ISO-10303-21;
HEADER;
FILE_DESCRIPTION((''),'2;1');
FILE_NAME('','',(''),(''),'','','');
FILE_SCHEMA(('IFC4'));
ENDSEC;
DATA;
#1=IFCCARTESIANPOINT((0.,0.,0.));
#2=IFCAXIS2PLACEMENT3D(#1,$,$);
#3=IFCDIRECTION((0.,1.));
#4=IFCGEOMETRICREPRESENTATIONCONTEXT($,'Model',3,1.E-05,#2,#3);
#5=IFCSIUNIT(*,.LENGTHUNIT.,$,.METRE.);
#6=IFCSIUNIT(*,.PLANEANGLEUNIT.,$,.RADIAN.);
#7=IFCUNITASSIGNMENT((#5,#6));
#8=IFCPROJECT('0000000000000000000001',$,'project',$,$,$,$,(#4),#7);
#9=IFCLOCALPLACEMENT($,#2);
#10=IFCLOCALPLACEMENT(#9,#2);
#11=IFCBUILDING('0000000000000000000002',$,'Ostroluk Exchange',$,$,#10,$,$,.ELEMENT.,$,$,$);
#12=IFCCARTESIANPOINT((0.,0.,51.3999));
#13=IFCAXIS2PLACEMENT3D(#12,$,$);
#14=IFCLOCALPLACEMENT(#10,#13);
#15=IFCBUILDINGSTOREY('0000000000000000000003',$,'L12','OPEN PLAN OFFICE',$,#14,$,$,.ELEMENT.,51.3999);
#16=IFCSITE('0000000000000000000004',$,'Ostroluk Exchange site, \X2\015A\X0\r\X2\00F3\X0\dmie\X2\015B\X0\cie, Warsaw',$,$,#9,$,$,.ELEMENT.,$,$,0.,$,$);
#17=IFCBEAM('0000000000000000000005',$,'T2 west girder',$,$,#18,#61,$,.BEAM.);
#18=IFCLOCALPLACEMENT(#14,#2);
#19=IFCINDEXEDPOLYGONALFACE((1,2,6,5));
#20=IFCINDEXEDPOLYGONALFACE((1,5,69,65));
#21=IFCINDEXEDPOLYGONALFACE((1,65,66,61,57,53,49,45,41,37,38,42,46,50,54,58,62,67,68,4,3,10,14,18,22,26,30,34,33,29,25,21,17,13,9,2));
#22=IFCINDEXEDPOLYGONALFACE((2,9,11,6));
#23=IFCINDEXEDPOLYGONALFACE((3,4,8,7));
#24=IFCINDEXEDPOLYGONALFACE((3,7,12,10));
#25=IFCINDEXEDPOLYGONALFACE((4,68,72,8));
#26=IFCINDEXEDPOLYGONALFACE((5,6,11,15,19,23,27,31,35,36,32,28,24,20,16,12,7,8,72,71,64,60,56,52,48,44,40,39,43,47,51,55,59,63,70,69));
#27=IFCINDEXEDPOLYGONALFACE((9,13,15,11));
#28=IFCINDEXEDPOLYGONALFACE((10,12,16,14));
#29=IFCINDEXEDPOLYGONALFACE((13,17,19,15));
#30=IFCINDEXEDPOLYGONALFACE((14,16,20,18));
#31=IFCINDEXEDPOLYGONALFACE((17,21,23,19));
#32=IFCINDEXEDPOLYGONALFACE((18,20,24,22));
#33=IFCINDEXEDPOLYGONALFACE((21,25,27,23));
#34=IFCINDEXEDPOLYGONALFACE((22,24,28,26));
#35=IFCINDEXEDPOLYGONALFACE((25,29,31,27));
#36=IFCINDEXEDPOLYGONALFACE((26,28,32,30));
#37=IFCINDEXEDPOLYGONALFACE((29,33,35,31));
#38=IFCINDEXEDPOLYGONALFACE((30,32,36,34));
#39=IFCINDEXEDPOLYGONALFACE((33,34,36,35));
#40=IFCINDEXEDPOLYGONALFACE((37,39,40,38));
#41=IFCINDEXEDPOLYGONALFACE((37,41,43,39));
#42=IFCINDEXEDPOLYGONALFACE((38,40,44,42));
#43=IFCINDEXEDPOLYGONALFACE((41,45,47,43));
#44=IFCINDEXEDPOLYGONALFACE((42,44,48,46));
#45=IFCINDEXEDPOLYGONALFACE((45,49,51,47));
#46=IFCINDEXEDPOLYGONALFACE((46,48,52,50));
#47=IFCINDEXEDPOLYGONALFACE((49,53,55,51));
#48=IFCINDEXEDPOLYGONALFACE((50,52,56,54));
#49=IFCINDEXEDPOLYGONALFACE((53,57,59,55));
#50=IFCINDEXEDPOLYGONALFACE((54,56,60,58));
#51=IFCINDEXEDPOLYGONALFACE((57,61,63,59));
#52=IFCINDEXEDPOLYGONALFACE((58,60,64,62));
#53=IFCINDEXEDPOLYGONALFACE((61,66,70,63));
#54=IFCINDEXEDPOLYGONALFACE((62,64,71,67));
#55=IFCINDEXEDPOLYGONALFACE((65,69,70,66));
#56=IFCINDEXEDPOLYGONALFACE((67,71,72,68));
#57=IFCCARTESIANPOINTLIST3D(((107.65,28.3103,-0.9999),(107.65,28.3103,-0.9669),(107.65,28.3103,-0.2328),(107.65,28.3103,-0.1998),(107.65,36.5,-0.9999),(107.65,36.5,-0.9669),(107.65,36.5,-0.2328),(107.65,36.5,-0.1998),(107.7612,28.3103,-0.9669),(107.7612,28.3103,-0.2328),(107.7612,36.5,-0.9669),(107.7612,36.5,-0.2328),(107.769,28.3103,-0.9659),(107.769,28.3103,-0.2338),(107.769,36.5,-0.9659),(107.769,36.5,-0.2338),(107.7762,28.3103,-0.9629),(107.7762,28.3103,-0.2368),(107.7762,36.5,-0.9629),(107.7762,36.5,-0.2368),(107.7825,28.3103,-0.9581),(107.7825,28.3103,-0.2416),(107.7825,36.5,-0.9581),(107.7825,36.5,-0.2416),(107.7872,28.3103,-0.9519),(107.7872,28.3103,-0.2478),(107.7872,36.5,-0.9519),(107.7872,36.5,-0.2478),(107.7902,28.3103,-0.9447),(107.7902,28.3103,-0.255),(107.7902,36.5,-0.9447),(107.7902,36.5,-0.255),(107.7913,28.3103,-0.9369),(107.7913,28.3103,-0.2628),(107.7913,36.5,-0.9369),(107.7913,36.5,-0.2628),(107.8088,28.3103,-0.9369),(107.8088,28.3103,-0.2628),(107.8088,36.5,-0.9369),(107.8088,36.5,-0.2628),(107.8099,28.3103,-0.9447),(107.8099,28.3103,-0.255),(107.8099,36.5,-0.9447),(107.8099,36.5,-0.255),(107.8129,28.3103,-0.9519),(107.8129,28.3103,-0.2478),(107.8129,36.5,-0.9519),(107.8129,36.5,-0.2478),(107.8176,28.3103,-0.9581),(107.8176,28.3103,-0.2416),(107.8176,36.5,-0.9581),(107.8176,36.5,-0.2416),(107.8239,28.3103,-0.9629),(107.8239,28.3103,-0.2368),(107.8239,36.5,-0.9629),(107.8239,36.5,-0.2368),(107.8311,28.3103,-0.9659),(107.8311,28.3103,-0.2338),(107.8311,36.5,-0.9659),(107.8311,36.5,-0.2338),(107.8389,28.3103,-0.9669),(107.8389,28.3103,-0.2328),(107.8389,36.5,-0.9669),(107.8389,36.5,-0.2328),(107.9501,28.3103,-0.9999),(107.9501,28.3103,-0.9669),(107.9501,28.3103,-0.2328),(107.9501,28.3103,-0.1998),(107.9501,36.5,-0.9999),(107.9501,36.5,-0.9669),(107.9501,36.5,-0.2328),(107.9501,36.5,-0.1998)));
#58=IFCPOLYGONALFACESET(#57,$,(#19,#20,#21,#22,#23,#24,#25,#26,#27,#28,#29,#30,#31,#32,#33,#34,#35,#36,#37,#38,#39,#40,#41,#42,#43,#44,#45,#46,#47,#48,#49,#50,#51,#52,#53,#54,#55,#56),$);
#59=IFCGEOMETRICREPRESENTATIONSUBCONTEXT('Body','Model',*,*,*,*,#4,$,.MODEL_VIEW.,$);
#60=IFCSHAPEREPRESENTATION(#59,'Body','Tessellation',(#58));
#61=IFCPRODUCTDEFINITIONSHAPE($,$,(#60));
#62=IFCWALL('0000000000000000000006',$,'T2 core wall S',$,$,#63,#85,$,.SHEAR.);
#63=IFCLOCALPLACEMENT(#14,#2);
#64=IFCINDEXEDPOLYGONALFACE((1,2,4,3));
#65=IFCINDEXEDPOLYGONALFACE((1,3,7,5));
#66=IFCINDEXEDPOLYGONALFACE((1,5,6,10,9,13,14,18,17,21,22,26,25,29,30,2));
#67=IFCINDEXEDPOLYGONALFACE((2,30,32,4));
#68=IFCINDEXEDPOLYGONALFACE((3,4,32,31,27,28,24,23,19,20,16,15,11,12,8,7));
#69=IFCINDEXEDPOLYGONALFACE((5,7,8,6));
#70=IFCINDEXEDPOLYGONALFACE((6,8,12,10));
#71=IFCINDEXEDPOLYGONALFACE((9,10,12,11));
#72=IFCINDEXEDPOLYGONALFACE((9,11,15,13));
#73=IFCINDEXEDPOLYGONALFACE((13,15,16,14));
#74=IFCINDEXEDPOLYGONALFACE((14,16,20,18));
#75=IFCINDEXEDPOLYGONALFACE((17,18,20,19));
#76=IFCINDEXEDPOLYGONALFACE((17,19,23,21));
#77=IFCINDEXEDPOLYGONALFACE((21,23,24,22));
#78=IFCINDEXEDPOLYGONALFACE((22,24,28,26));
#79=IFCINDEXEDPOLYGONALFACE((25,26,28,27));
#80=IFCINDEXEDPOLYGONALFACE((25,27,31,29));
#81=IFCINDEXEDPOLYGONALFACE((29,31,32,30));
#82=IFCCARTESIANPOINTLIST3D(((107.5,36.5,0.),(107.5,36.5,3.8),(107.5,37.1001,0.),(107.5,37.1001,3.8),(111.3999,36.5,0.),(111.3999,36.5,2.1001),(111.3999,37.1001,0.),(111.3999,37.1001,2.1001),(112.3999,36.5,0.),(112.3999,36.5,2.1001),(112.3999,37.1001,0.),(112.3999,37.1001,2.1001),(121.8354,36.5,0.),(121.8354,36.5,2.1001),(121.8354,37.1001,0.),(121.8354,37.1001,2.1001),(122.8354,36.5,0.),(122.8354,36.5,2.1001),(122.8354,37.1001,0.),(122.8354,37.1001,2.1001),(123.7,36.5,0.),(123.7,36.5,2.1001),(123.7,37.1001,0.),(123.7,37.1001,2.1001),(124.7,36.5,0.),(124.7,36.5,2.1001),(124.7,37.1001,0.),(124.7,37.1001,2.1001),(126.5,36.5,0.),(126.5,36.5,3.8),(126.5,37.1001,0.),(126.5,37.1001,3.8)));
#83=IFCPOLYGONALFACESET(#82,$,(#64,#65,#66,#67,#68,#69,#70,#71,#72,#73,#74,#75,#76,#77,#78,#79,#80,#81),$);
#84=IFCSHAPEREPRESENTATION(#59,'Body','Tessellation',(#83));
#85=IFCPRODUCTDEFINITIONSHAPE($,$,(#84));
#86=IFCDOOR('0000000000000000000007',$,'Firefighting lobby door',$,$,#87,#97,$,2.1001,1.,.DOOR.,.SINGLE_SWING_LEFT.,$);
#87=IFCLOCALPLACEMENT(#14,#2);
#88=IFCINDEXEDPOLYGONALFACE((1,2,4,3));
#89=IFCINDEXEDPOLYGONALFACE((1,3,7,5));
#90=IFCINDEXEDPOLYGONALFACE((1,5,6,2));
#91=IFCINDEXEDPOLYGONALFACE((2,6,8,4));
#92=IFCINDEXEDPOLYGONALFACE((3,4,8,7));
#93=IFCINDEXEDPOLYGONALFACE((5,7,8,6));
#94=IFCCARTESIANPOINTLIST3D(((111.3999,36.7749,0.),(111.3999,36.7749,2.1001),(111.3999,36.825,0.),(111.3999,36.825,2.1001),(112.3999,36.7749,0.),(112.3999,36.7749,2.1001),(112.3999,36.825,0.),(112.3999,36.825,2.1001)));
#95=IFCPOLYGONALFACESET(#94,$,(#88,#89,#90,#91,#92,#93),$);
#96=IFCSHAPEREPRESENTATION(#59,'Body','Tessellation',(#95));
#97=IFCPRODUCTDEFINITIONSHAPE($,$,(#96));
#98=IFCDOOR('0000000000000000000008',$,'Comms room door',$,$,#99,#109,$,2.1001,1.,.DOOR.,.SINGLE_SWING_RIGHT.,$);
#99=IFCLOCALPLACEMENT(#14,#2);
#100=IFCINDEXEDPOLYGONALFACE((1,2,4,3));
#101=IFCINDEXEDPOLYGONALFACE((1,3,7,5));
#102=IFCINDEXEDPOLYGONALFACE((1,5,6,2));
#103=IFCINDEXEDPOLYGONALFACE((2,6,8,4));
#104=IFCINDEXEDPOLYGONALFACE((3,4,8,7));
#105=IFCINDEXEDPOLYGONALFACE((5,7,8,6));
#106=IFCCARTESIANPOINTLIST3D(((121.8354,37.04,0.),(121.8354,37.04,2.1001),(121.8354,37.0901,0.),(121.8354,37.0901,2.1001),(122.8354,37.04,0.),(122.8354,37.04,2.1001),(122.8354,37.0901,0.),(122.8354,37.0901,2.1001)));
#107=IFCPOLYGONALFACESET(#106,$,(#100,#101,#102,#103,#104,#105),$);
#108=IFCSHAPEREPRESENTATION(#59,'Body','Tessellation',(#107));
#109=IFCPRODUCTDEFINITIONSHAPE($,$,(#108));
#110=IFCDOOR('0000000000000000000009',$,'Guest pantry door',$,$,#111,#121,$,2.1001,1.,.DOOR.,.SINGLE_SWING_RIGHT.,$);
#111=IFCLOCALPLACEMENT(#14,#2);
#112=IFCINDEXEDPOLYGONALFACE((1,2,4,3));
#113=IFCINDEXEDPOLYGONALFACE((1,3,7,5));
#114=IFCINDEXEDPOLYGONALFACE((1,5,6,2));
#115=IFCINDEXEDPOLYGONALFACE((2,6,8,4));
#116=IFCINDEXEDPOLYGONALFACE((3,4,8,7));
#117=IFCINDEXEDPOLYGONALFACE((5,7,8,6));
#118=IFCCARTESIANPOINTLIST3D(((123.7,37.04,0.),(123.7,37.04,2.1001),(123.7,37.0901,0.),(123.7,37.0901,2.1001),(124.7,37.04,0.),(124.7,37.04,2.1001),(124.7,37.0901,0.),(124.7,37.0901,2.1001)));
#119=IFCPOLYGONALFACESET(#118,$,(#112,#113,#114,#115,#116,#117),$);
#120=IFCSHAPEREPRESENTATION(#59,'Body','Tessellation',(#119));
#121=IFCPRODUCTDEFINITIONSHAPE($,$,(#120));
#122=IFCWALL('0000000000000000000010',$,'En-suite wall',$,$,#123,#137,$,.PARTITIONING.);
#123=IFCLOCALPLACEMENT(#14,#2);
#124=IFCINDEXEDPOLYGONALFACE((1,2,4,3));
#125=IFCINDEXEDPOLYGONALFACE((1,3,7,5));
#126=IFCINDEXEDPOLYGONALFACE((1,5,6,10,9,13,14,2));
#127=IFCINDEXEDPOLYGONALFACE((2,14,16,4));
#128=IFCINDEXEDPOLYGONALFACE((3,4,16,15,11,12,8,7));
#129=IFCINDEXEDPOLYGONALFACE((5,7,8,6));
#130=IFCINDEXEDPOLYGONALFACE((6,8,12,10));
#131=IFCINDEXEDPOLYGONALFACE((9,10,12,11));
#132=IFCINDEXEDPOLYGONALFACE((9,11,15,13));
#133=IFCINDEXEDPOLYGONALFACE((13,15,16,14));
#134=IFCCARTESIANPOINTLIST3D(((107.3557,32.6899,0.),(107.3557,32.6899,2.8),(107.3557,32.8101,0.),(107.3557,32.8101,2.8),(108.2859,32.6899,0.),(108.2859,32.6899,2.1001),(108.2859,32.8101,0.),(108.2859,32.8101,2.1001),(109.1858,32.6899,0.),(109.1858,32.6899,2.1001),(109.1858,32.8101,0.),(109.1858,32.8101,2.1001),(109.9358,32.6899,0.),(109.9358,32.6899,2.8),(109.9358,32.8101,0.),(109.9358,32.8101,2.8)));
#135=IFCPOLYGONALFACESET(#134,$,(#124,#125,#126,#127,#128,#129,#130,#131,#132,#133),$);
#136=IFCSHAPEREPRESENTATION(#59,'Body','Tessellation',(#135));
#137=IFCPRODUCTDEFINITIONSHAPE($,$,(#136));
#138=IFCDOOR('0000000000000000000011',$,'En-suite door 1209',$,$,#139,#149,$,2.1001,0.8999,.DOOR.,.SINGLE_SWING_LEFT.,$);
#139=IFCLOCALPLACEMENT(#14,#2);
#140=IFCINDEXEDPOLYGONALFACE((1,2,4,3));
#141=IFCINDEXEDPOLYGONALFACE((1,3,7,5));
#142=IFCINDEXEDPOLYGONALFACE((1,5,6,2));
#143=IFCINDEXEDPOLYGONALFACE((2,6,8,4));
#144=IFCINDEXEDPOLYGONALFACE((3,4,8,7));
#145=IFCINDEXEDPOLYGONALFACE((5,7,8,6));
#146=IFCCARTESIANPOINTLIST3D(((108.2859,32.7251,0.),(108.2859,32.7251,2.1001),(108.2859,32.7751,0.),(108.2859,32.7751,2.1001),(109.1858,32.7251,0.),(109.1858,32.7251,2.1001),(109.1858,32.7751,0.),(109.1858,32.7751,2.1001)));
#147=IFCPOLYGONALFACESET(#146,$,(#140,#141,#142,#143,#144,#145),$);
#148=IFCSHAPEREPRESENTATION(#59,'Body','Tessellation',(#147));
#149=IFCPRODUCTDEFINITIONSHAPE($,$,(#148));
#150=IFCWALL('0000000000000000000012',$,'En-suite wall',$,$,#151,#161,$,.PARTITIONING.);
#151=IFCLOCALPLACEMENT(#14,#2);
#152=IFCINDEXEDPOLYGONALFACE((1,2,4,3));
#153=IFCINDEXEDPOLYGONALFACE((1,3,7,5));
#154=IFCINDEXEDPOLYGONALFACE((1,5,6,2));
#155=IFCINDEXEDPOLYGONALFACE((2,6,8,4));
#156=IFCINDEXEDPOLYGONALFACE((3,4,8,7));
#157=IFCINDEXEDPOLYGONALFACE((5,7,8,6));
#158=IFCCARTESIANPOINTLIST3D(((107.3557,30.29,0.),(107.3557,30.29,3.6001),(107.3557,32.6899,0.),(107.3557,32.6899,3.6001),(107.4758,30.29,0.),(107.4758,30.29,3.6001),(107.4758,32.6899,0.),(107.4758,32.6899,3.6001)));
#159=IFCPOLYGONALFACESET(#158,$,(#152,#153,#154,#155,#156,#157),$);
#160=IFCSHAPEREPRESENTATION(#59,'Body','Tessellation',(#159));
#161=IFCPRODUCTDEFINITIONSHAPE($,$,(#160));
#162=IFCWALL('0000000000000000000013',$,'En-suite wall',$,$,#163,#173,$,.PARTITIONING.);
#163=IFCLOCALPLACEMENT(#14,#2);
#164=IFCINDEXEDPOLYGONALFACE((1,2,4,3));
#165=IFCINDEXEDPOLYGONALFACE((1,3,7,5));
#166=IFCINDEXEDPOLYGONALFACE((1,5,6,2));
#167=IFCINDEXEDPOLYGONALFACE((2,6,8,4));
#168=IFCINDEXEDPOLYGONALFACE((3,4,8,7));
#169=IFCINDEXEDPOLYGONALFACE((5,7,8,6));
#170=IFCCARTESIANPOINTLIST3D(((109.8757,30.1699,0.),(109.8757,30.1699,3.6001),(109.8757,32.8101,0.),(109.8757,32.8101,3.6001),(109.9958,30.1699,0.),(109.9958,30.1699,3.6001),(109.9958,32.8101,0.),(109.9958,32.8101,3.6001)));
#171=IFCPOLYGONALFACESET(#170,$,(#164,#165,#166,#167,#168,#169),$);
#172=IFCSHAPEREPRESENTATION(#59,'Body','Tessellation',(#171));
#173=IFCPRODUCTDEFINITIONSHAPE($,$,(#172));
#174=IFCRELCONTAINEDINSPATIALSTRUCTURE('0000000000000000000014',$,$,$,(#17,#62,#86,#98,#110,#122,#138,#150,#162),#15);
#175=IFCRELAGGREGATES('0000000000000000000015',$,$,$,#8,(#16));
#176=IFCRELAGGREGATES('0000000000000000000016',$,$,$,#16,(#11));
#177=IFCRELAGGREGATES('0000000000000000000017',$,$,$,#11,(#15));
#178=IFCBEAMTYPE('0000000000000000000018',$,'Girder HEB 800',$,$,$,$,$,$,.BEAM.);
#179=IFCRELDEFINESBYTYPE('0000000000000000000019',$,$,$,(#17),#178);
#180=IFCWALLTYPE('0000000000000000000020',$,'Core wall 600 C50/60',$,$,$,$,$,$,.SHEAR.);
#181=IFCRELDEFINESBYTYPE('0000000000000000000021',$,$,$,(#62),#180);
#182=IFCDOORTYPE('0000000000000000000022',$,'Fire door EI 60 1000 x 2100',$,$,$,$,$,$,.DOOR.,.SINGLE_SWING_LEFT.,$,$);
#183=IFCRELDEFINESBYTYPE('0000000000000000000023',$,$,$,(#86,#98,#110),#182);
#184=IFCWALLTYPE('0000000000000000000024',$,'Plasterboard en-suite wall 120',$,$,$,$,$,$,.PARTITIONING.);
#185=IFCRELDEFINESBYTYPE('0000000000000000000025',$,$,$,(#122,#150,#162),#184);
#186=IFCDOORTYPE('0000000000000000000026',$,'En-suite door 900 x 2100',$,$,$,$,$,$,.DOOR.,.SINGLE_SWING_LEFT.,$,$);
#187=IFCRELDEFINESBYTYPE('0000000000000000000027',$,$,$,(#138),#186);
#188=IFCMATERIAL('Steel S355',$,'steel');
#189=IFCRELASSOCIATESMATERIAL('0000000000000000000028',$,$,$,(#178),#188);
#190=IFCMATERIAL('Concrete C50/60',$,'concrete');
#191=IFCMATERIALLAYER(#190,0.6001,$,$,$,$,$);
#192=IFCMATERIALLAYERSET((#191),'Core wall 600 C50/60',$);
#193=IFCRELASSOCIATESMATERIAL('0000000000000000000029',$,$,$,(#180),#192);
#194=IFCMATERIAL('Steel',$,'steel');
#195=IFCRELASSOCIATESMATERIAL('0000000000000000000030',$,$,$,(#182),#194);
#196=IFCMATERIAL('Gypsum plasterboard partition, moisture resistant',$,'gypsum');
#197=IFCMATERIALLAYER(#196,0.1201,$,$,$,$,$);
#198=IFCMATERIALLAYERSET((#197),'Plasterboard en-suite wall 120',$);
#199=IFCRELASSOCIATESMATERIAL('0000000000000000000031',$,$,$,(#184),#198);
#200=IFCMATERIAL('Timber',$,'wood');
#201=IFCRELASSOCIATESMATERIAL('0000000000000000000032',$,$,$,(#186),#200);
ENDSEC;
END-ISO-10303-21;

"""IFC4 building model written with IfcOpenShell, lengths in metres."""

from ifc_helpers import new_model, si_unit, direction, frame, frame_2d, origin, origin_2d, place, context, subcontext, project, spatial, rectangle, i_section, extrude, material, layer, layer_set, material_profile, profile_set, type_object, element, fill, save


model = new_model("IFC4")

# Units and contexts
model_context = context("Model", 3, precision=1e-05, world=origin(), true_north=direction((0.0, 1.0)))
body_context = subcontext(model_context, "Body", "Model", "MODEL_VIEW")
ifc_project = project(units=[si_unit("LENGTHUNIT", "METRE"), si_unit("PLANEANGLEUNIT", "RADIAN")], contexts=[model_context])

# Site, building, storey
site_placement = place(None, origin())
site = spatial("IfcSite", under=ifc_project, at=site_placement, Name="Ostroluk Exchange site, Śródmieście, Warsaw", CompositionType="ELEMENT", RefElevation=0.0)
building_placement = place(site_placement, origin())
building = spatial("IfcBuilding", under=site, at=building_placement, Name="Ostroluk Exchange", CompositionType="ELEMENT")
storey_placement = place(building_placement, frame((0.0, 0.0, 51.3999)))
storey = spatial("IfcBuildingStorey", under=building, at=storey_placement, Name="L12", Description="OPEN PLAN OFFICE", CompositionType="ELEMENT", Elevation=51.3999)

# Beam
ifc_material_1 = material(Name="Steel S355", Category="steel")
ifc_material_profile_1 = material_profile(ifc_material_1, i_section(OverallWidth=0.3, OverallDepth=0.8, WebThickness=0.0176, FlangeThickness=0.033, FilletRadius=0.03, at=origin_2d()), Name="HEB 800")
ifc_profile_set_1 = profile_set([ifc_material_profile_1], Name="Steel S355")
beam_type_1 = type_object("IfcBeamType", Name="Girder HEB 800", PredefinedType="BEAM", material=ifc_profile_set_1)
beam_1_placement = place(storey_placement, frame((107.8, 36.5, -0.5999), z_axis=(0.0, -1.0, 0.0), x_axis=(1.0, 0.0, 0.0)))
element("IfcBeam", 1, at=beam_1_placement, inside=storey, type_object=beam_type_1, Name="T2 west girder", PredefinedType="BEAM", context=body_context, shape_type="SweptSolid", body=[
    extrude(i_section(OverallWidth=0.3, OverallDepth=0.8, WebThickness=0.0176, FlangeThickness=0.033, FilletRadius=0.03, at=origin_2d()), origin(), (0.0, 0.0, 1.0), 8.1897),
])

# Wall, openings, doors
ifc_material_2 = material(Name="Concrete C50/60", Category="concrete")
ifc_layer_1 = layer(ifc_material_2, 0.6001)
ifc_layer_set_1 = layer_set([ifc_layer_1], Name="Core wall 600 C50/60")
wall_type_1 = type_object("IfcWallType", Name="Core wall 600 C50/60", PredefinedType="SHEAR", material=ifc_layer_set_1)
wall_1_placement = place(storey_placement, frame((107.5, 36.8, 0.0), z_axis=(0.0, 0.0, 1.0), x_axis=(1.0, 0.0, 0.0)))
wall_1 = element("IfcWall", 2, at=wall_1_placement, inside=storey, type_object=wall_type_1, Name="T2 core wall S", PredefinedType="SHEAR", context=body_context, shape_type="SweptSolid", body=[
    extrude(rectangle(XDim=19.0, YDim=0.6001, at=frame_2d((9.5, 0.0))), origin(), (0.0, 0.0, 1.0), 3.8),
])
opening_1_placement = place(wall_1_placement, frame((3.8999, 0.0, 0.0)))
opening_1 = element("IfcOpeningElement", 3, at=opening_1_placement, cuts=wall_1, PredefinedType="OPENING", context=body_context, shape_type="SweptSolid", body=[
    extrude(rectangle(XDim=1.0, YDim=2.1001, at=frame_2d((0.5, 1.05))), frame((0.0, 0.3101, 0.0), z_axis=(0.0, -1.0, 0.0), x_axis=(1.0, 0.0, 0.0)), (0.0, 0.0, 1.0), 0.6201),
])
opening_2_placement = place(wall_1_placement, frame((14.3354, 0.0, 0.0)))
opening_2 = element("IfcOpeningElement", 4, at=opening_2_placement, cuts=wall_1, PredefinedType="OPENING", context=body_context, shape_type="SweptSolid", body=[
    extrude(rectangle(XDim=1.0, YDim=2.1001, at=frame_2d((0.5, 1.05))), frame((0.0, 0.3101, 0.0), z_axis=(0.0, -1.0, 0.0), x_axis=(1.0, 0.0, 0.0)), (0.0, 0.0, 1.0), 0.6201),
])
opening_3_placement = place(wall_1_placement, frame((16.2, 0.0, 0.0)))
opening_3 = element("IfcOpeningElement", 5, at=opening_3_placement, cuts=wall_1, PredefinedType="OPENING", context=body_context, shape_type="SweptSolid", body=[
    extrude(rectangle(XDim=1.0, YDim=2.1001, at=frame_2d((0.5, 1.05))), frame((0.0, 0.3101, 0.0), z_axis=(0.0, -1.0, 0.0), x_axis=(1.0, 0.0, 0.0)), (0.0, 0.0, 1.0), 0.6201),
])
ifc_material_3 = material(Name="Steel", Category="steel")
door_type_1 = type_object("IfcDoorType", Name="Fire door EI 60 1000 x 2100", OperationType="SINGLE_SWING_LEFT", PredefinedType="DOOR", material=ifc_material_3)
door_1_placement = place(opening_1_placement, origin())
door_1 = element("IfcDoor", 6, at=door_1_placement, inside=storey, type_object=door_type_1, Name="Firefighting lobby door", OperationType="SINGLE_SWING_LEFT", OverallHeight=2.1001, OverallWidth=1.0, PredefinedType="DOOR", context=body_context, shape_type="SweptSolid", body=[
    extrude(rectangle(XDim=1.0, YDim=2.1001, at=frame_2d((0.5, 1.05))), frame((0.0, 0.0249, 0.0), z_axis=(0.0, -1.0, 0.0), x_axis=(1.0, 0.0, 0.0)), (0.0, 0.0, 1.0), 0.05),
])
fill(opening_1, door_1)
door_2_placement = place(opening_2_placement, origin())
door_2 = element("IfcDoor", 7, at=door_2_placement, inside=storey, type_object=door_type_1, Name="Comms room door", OperationType="SINGLE_SWING_RIGHT", OverallHeight=2.1001, OverallWidth=1.0, PredefinedType="DOOR", context=body_context, shape_type="SweptSolid", body=[
    extrude(rectangle(XDim=1.0, YDim=2.1001, at=frame_2d((0.5, 1.05))), frame((0.0, 0.29, 0.0), z_axis=(0.0, -1.0, 0.0), x_axis=(1.0, 0.0, 0.0)), (0.0, 0.0, 1.0), 0.05),
])
fill(opening_2, door_2)
door_3_placement = place(opening_3_placement, origin())
door_3 = element("IfcDoor", 8, at=door_3_placement, inside=storey, type_object=door_type_1, Name="Guest pantry door", OperationType="SINGLE_SWING_RIGHT", OverallHeight=2.1001, OverallWidth=1.0, PredefinedType="DOOR", context=body_context, shape_type="SweptSolid", body=[
    extrude(rectangle(XDim=1.0, YDim=2.1001, at=frame_2d((0.5, 1.05))), frame((0.0, 0.29, 0.0), z_axis=(0.0, -1.0, 0.0), x_axis=(1.0, 0.0, 0.0)), (0.0, 0.0, 1.0), 0.05),
])
fill(opening_3, door_3)

# Wall, opening, door
ifc_material_4 = material(Name="Gypsum plasterboard partition, moisture resistant", Category="gypsum")
ifc_layer_2 = layer(ifc_material_4, 0.1201)
ifc_layer_set_2 = layer_set([ifc_layer_2], Name="Plasterboard en-suite wall 120")
wall_type_2 = type_object("IfcWallType", Name="Plasterboard en-suite wall 120", PredefinedType="PARTITIONING", material=ifc_layer_set_2)
wall_2_placement = place(storey_placement, frame((109.9358, 32.75, 0.0), z_axis=(0.0, 0.0, 1.0), x_axis=(-1.0, 0.0, 0.0)))
wall_2 = element("IfcWall", 9, at=wall_2_placement, inside=storey, type_object=wall_type_2, Name="En-suite wall", PredefinedType="PARTITIONING", context=body_context, shape_type="SweptSolid", body=[
    extrude(rectangle(XDim=2.5801, YDim=0.1201, at=frame_2d((1.29, 0.0))), origin(), (0.0, 0.0, 1.0), 2.8),
])
opening_4_placement = place(wall_2_placement, frame((0.75, 0.0, 0.0)))
opening_4 = element("IfcOpeningElement", 10, at=opening_4_placement, cuts=wall_2, PredefinedType="OPENING", context=body_context, shape_type="SweptSolid", body=[
    extrude(rectangle(XDim=0.8999, YDim=2.1001, at=frame_2d((0.45, 1.05))), frame((0.0, 0.0701, 0.0), z_axis=(0.0, -1.0, 0.0), x_axis=(1.0, 0.0, 0.0)), (0.0, 0.0, 1.0), 0.1401),
])
ifc_material_5 = material(Name="Timber", Category="wood")
door_type_2 = type_object("IfcDoorType", Name="En-suite door 900 x 2100", OperationType="SINGLE_SWING_LEFT", PredefinedType="DOOR", material=ifc_material_5)
door_4_placement = place(opening_4_placement, origin())
door_4 = element("IfcDoor", 11, at=door_4_placement, inside=storey, type_object=door_type_2, Name="En-suite door 1209", OperationType="SINGLE_SWING_LEFT", OverallHeight=2.1001, OverallWidth=0.8999, PredefinedType="DOOR", context=body_context, shape_type="SweptSolid", body=[
    extrude(rectangle(XDim=0.8999, YDim=2.1001, at=frame_2d((0.45, 1.05))), frame((0.0, 0.0249, 0.0), z_axis=(0.0, -1.0, 0.0), x_axis=(1.0, 0.0, 0.0)), (0.0, 0.0, 1.0), 0.05),
])
fill(opening_4, door_4)

# Walls
wall_3_placement = place(storey_placement, frame((107.4158, 32.6899, 0.0), z_axis=(0.0, 0.0, 1.0), x_axis=(0.0, -1.0, 0.0)))
element("IfcWall", 12, at=wall_3_placement, inside=storey, type_object=wall_type_2, Name="En-suite wall", PredefinedType="PARTITIONING", context=body_context, shape_type="SweptSolid", body=[
    extrude(rectangle(XDim=2.3999, YDim=0.1201, at=frame_2d((1.2, 0.0))), origin(), (0.0, 0.0, 1.0), 3.6001),
])
wall_4_placement = place(storey_placement, frame((109.9358, 32.8101, 0.0), z_axis=(0.0, 0.0, 1.0), x_axis=(0.0, -1.0, 0.0)))
element("IfcWall", 13, at=wall_4_placement, inside=storey, type_object=wall_type_2, Name="En-suite wall", PredefinedType="PARTITIONING", context=body_context, shape_type="SweptSolid", body=[
    extrude(rectangle(XDim=2.6401, YDim=0.1201, at=frame_2d((1.3201, 0.0))), origin(), (0.0, 0.0, 1.0), 3.6001),
])

save(model, "model.ifc")
